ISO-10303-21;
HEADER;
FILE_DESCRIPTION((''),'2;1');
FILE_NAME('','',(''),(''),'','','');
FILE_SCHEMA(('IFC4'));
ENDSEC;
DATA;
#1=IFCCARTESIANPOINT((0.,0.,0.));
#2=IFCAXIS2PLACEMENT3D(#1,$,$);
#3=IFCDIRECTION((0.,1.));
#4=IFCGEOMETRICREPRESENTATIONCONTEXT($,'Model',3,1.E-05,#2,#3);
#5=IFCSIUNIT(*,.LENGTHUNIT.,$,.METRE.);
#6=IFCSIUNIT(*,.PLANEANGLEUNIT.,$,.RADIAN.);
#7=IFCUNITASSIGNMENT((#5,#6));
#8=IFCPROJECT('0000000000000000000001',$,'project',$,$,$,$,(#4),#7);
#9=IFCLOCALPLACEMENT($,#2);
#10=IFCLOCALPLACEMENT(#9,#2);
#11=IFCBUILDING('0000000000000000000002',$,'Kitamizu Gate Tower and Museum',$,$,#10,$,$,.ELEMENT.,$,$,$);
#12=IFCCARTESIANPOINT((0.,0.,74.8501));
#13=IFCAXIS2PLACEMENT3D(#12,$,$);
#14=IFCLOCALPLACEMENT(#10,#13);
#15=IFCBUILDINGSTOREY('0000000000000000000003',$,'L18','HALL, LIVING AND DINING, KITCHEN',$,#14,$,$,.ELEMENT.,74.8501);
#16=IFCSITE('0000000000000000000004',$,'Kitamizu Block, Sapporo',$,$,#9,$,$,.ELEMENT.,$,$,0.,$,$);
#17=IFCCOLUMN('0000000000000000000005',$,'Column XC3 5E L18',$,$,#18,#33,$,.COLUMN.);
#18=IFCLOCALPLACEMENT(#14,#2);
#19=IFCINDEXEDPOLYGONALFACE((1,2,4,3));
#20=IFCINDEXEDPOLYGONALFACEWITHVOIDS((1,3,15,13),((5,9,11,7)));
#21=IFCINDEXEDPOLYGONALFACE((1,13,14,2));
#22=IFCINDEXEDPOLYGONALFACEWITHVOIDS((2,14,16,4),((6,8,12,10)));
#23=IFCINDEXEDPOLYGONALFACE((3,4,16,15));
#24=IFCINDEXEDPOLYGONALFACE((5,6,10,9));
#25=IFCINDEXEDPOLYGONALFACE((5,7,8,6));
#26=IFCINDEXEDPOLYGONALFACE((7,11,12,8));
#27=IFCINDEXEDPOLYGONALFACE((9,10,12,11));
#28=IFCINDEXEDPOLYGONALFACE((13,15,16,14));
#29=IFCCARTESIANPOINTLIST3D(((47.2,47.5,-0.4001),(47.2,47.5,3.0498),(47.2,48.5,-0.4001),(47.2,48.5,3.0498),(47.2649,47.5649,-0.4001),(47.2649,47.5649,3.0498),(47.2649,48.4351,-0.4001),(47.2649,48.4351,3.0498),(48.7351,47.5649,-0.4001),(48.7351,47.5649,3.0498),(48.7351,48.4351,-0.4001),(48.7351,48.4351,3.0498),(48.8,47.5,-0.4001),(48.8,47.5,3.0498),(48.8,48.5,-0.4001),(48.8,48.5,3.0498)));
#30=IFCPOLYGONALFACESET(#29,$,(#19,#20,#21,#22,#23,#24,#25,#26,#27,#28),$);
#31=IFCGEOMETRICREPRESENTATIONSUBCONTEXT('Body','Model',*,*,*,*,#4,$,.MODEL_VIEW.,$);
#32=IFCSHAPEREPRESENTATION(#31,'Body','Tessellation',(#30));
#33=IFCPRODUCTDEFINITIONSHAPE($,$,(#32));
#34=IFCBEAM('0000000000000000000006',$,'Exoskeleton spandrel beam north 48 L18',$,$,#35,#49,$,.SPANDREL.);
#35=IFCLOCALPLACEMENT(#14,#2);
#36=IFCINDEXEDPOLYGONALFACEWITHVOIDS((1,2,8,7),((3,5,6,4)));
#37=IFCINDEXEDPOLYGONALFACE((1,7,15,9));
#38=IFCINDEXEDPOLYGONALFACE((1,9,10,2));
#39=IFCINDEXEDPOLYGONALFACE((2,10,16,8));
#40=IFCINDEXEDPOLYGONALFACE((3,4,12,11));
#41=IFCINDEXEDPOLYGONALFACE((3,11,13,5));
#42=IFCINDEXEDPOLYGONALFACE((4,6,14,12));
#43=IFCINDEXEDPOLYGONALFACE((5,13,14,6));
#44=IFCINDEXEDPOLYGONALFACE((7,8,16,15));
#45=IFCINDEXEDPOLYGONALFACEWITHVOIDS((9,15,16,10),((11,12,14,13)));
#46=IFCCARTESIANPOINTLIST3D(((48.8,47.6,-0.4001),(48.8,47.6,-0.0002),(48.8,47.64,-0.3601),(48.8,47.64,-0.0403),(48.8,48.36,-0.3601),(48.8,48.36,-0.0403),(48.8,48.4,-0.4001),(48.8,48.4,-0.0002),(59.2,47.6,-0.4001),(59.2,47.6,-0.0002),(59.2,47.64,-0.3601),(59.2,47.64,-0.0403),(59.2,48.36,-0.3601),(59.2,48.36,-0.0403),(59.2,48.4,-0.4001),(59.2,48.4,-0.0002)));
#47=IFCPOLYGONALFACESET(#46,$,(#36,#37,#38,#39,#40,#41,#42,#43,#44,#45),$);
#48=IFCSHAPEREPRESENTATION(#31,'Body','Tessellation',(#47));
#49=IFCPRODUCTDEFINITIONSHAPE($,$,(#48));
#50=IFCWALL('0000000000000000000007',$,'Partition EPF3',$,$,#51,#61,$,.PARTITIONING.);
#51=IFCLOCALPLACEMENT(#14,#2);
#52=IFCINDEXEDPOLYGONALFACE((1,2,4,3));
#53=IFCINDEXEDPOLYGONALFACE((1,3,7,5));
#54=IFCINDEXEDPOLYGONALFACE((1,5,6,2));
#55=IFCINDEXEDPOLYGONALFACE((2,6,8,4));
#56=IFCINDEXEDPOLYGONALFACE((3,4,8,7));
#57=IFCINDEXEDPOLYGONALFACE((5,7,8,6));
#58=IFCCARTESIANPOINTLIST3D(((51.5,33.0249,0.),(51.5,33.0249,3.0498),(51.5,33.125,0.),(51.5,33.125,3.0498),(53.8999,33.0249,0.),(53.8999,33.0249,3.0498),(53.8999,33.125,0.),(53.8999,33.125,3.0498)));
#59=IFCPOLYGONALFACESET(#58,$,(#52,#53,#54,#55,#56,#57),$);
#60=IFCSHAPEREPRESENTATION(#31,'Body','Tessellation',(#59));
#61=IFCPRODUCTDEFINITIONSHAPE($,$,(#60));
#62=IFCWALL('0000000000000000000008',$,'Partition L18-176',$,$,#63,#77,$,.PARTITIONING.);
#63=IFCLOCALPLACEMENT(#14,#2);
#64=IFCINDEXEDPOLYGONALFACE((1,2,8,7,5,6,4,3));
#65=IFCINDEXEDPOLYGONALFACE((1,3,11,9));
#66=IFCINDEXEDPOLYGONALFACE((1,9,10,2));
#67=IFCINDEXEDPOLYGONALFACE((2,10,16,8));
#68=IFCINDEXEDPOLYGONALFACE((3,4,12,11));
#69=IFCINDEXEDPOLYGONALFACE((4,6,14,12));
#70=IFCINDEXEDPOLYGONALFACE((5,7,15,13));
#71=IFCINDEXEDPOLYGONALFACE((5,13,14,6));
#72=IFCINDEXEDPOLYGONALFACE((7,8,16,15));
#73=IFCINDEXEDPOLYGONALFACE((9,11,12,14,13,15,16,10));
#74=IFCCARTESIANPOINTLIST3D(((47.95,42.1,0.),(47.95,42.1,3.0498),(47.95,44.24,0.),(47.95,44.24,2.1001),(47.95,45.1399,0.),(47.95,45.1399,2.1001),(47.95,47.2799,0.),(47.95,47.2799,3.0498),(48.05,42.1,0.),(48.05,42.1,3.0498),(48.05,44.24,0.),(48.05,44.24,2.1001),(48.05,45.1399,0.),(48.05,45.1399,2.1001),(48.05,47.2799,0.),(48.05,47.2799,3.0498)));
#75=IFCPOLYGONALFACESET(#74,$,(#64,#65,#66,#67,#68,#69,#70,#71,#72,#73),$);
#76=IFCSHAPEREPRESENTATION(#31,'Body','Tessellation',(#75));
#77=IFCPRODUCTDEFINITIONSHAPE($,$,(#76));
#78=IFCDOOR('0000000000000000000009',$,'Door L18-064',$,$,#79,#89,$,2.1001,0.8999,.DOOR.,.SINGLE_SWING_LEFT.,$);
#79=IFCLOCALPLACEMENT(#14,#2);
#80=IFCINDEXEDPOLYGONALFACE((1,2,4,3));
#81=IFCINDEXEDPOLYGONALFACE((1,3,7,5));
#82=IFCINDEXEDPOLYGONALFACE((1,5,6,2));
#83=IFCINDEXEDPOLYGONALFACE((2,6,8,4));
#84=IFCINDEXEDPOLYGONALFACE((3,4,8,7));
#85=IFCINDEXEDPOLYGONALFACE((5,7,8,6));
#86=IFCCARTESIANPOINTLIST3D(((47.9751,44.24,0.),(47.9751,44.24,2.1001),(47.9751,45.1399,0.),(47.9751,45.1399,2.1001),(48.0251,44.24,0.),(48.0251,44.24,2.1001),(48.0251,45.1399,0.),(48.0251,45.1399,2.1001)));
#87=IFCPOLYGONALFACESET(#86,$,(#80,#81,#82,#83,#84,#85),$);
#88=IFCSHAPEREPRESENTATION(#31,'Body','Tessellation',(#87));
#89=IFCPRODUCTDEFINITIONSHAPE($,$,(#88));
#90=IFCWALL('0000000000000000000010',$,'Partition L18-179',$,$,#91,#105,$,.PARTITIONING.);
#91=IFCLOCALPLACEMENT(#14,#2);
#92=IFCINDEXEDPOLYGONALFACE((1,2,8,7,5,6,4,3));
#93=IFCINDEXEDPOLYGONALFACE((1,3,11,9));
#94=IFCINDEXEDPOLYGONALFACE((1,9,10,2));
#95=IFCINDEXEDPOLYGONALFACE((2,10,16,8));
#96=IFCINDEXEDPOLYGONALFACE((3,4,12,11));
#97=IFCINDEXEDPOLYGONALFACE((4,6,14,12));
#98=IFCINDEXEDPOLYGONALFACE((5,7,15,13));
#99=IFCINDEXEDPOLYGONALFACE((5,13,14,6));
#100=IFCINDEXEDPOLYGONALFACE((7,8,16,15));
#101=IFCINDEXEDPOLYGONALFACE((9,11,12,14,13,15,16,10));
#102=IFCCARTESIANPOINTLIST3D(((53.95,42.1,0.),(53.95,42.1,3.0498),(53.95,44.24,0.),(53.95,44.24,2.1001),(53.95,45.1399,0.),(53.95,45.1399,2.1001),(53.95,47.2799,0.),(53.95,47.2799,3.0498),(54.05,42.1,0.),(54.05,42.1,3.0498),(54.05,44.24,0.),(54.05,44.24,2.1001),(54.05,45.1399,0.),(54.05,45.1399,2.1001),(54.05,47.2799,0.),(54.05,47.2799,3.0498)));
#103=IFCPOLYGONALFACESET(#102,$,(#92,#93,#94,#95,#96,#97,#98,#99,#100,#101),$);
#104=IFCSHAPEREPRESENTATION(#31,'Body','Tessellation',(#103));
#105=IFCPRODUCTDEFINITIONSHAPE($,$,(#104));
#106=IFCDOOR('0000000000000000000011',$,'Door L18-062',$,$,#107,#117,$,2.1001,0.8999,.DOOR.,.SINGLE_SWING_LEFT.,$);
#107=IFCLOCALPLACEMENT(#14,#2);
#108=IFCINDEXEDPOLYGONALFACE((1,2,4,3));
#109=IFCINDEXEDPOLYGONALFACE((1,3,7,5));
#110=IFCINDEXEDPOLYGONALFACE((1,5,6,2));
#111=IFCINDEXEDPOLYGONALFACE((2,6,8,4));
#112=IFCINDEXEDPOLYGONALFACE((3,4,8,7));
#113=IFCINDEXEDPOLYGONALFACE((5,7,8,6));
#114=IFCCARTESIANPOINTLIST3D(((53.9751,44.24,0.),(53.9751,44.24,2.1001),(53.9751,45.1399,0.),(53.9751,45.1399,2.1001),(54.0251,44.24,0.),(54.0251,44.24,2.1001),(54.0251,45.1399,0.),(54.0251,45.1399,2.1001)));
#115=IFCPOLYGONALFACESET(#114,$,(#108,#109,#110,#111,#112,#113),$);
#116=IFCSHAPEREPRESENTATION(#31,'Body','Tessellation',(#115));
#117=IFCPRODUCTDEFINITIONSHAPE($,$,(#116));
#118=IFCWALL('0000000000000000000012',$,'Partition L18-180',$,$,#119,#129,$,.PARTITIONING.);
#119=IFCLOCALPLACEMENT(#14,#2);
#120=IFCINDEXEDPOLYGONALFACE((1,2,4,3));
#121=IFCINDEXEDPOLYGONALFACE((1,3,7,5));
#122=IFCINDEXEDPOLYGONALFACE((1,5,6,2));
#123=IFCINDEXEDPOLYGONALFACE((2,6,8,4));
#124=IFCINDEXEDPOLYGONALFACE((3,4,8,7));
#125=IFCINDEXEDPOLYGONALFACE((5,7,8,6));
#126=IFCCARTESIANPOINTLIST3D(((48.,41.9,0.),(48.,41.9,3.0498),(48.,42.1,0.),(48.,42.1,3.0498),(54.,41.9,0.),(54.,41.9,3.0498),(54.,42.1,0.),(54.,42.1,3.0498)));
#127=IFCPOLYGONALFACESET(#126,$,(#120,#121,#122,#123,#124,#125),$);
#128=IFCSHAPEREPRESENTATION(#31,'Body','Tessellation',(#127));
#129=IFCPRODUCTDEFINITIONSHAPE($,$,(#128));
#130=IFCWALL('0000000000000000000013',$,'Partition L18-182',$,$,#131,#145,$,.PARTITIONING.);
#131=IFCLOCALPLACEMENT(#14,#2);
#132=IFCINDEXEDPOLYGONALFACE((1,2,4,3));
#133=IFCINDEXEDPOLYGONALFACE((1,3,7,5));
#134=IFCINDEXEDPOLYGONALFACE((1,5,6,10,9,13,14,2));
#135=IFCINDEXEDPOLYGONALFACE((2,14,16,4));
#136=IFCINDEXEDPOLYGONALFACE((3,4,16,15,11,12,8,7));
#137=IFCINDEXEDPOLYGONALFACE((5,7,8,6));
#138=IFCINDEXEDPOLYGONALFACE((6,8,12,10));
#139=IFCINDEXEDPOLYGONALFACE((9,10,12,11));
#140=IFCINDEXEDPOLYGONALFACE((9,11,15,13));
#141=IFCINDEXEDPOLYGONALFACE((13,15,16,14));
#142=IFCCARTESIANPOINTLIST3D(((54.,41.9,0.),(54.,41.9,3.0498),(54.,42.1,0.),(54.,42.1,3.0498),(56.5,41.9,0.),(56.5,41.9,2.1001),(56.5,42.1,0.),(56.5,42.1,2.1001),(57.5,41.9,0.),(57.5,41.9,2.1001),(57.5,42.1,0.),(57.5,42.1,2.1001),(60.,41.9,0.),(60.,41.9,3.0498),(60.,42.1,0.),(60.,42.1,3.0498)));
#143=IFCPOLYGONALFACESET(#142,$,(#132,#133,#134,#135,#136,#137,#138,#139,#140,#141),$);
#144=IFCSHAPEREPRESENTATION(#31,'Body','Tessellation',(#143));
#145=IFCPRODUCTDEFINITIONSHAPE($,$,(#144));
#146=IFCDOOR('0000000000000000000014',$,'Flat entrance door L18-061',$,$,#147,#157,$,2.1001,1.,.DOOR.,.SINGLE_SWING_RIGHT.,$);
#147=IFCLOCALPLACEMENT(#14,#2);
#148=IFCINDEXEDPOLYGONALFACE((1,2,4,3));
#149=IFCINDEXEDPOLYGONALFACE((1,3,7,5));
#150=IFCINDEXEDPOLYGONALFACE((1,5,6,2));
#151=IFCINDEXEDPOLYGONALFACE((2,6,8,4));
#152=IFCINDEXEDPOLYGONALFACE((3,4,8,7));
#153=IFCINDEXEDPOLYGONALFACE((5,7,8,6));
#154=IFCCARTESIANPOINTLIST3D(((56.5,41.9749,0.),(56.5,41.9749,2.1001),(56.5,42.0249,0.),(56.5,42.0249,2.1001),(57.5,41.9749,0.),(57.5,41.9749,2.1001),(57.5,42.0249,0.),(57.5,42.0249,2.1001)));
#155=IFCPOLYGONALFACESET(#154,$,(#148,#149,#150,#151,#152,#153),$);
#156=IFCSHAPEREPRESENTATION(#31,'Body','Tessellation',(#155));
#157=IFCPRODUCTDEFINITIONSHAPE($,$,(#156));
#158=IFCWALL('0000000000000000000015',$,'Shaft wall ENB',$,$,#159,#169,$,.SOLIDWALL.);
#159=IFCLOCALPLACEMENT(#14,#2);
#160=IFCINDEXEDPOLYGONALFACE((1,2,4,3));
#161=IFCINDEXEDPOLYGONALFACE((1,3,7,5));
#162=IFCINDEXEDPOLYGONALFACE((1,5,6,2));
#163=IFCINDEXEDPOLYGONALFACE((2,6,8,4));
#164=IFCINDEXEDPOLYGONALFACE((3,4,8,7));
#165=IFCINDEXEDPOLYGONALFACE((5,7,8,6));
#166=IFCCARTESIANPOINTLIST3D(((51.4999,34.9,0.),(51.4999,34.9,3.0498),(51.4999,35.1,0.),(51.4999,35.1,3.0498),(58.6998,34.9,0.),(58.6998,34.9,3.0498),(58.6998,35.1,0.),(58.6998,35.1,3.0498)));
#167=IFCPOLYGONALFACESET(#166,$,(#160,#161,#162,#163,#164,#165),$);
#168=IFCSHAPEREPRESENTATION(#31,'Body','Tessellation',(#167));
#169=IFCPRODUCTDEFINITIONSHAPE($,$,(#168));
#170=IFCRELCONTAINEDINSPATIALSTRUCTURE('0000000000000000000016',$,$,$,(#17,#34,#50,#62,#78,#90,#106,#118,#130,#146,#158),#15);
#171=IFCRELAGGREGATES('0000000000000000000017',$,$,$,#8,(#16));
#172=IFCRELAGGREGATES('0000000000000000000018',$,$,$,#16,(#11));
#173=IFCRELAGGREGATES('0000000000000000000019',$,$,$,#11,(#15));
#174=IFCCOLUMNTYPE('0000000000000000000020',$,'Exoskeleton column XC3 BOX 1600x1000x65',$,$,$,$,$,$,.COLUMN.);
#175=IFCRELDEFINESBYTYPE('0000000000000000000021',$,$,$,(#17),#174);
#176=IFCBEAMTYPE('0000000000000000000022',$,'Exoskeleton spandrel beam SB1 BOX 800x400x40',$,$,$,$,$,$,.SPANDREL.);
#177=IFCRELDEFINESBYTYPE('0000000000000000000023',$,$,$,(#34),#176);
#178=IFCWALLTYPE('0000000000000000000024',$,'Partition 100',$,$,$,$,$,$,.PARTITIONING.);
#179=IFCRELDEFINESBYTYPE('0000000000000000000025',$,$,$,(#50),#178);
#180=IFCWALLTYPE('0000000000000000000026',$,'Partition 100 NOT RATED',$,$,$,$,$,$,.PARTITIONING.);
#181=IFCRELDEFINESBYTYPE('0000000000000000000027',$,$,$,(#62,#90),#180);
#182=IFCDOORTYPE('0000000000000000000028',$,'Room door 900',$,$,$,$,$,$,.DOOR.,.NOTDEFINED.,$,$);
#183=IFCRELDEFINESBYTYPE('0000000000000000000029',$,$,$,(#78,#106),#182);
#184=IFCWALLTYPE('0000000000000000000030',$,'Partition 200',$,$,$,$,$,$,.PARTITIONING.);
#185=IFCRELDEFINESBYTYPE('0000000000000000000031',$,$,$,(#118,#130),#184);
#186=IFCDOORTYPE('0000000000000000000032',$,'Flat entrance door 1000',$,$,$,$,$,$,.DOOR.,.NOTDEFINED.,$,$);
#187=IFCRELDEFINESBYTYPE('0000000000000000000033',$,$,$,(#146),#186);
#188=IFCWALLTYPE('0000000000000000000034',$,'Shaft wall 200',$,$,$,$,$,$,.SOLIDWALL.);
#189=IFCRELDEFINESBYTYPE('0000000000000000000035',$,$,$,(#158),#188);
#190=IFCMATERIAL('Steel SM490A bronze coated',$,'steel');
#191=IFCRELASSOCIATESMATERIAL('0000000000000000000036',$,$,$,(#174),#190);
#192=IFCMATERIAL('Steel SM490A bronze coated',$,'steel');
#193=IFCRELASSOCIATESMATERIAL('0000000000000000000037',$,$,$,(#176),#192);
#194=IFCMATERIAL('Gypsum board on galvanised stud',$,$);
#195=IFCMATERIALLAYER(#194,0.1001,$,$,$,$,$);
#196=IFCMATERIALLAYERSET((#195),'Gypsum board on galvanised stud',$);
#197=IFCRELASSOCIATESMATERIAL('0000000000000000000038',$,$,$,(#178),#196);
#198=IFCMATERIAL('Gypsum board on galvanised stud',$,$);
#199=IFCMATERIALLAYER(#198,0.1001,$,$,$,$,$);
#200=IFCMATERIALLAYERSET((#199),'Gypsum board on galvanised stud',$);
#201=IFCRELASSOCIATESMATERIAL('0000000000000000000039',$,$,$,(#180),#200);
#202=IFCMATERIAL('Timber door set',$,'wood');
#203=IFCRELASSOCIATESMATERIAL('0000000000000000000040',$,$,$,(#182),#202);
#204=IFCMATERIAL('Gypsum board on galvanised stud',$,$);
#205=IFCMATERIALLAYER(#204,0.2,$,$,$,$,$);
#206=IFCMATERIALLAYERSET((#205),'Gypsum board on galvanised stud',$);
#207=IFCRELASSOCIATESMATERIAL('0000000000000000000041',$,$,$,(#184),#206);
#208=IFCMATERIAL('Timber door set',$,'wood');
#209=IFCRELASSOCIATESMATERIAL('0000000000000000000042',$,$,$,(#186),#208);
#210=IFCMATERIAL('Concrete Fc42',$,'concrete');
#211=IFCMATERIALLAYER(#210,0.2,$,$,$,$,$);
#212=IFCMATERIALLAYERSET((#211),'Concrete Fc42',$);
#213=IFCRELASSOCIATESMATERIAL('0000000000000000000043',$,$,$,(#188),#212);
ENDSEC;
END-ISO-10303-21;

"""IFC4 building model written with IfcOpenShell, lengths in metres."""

from ifc_helpers import new_model, si_unit, direction, frame, frame_2d, origin, origin_2d, place, context, subcontext, project, spatial, rectangle, hollow_rectangle, extrude, material, layer, layer_set, material_profile, profile_set, type_object, element, fill, save


model = new_model("IFC4")

# Units and contexts
model_context = context("Model", 3, precision=1e-05, world=origin(), true_north=direction((0.0, 1.0)))
body_context = subcontext(model_context, "Body", "Model", "MODEL_VIEW")
ifc_project = project(units=[si_unit("LENGTHUNIT", "METRE"), si_unit("PLANEANGLEUNIT", "RADIAN")], contexts=[model_context])

# Site, building, storey
site_placement = place(None, origin())
site = spatial("IfcSite", under=ifc_project, at=site_placement, Name="Kitamizu Block, Sapporo", CompositionType="ELEMENT", RefElevation=0.0)
building_placement = place(site_placement, origin())
building = spatial("IfcBuilding", under=site, at=building_placement, Name="Kitamizu Gate Tower and Museum", CompositionType="ELEMENT")
storey_placement = place(building_placement, frame((0.0, 0.0, 74.8501)))
storey = spatial("IfcBuildingStorey", under=building, at=storey_placement, Name="L18", Description="HALL, LIVING AND DINING, KITCHEN", CompositionType="ELEMENT", Elevation=74.8501)

# Column
ifc_material_1 = material(Name="Steel SM490A bronze coated", Category="steel")
ifc_material_profile_1 = material_profile(ifc_material_1, hollow_rectangle(XDim=1.6001, YDim=1.0, WallThickness=0.0649, at=origin_2d()), Name="BOX 1600x1000x65")
ifc_profile_set_1 = profile_set([ifc_material_profile_1], Name="Steel SM490A bronze coated")
column_type = type_object("IfcColumnType", Name="Exoskeleton column XC3 BOX 1600x1000x65", PredefinedType="COLUMN", material=ifc_profile_set_1)
column_placement = place(storey_placement, frame((48.0, 48.0, -0.4001), z_axis=(0.0, 0.0, 1.0), x_axis=(1.0, 0.0, 0.0)))
element("IfcColumn", 1, at=column_placement, inside=storey, type_object=column_type, Name="Column XC3 5E L18", PredefinedType="COLUMN", context=body_context, shape_type="SweptSolid", body=[
    extrude(hollow_rectangle(XDim=1.6001, YDim=1.0, WallThickness=0.0649, at=origin_2d()), origin(), (0.0, 0.0, 1.0), 3.45),
])

# Beam
ifc_material_2 = material(Name="Steel SM490A bronze coated", Category="steel")
ifc_material_profile_2 = material_profile(ifc_material_2, hollow_rectangle(XDim=0.8, YDim=0.3999, WallThickness=0.04, at=origin_2d()), Name="BOX 800x400x40")
ifc_profile_set_2 = profile_set([ifc_material_profile_2], Name="Steel SM490A bronze coated")
beam_type = type_object("IfcBeamType", Name="Exoskeleton spandrel beam SB1 BOX 800x400x40", PredefinedType="SPANDREL", material=ifc_profile_set_2)
beam_placement = place(storey_placement, frame((48.8, 48.0, -0.2002), z_axis=(1.0, 0.0, 0.0), x_axis=(0.0, 1.0, 0.0)))
element("IfcBeam", 2, at=beam_placement, inside=storey, type_object=beam_type, Name="Exoskeleton spandrel beam north 48 L18", PredefinedType="SPANDREL", context=body_context, shape_type="SweptSolid", body=[
    extrude(hollow_rectangle(XDim=0.8, YDim=0.3999, WallThickness=0.04, at=origin_2d()), origin(), (0.0, 0.0, 1.0), 10.3999),
])

# Wall
ifc_material_3 = material(Name="Gypsum board on galvanised stud")
ifc_layer_1 = layer(ifc_material_3, 0.1001)
ifc_layer_set_1 = layer_set([ifc_layer_1], Name="Gypsum board on galvanised stud")
wall_type_1 = type_object("IfcWallType", Name="Partition 100", PredefinedType="PARTITIONING", material=ifc_layer_set_1)
wall_1_placement = place(storey_placement, frame((53.8999, 33.075, 0.0), z_axis=(0.0, 0.0, 1.0), x_axis=(-1.0, 0.0, 0.0)))
element("IfcWall", 3, at=wall_1_placement, inside=storey, type_object=wall_type_1, Name="Partition EPF3", PredefinedType="PARTITIONING", context=body_context, shape_type="SweptSolid", body=[
    extrude(rectangle(XDim=2.3999, YDim=0.1001, at=frame_2d((1.2, 0.0))), origin(), (0.0, 0.0, 1.0), 3.0498),
])

# Walls, openings, doors
ifc_material_4 = material(Name="Gypsum board on galvanised stud")
ifc_layer_2 = layer(ifc_material_4, 0.1001)
ifc_layer_set_2 = layer_set([ifc_layer_2], Name="Gypsum board on galvanised stud")
wall_type_2 = type_object("IfcWallType", Name="Partition 100 NOT RATED", PredefinedType="PARTITIONING", material=ifc_layer_set_2)
wall_2_placement = place(storey_placement, frame((48.0, 42.1001, 0.0), z_axis=(0.0, 0.0, 1.0), x_axis=(0.0, 1.0, 0.0)))
wall_2 = element("IfcWall", 4, at=wall_2_placement, inside=storey, type_object=wall_type_2, Name="Partition L18-176", PredefinedType="PARTITIONING", context=body_context, shape_type="SweptSolid", body=[
    extrude(rectangle(XDim=5.1799, YDim=0.1001, at=frame_2d((2.5898, 0.0))), origin(), (0.0, 0.0, 1.0), 3.0498),
])
opening_1_placement = place(wall_2_placement, frame((2.1399, 0.0, 0.0)))
opening_1 = element("IfcOpeningElement", 5, at=opening_1_placement, cuts=wall_2, PredefinedType="OPENING", context=body_context, shape_type="SweptSolid", body=[
    extrude(rectangle(XDim=0.8999, YDim=2.1001, at=frame_2d((0.45, 1.05))), frame((0.0, 0.0601, 0.0), z_axis=(0.0, -1.0, 0.0), x_axis=(1.0, 0.0, 0.0)), (0.0, 0.0, 1.0), 0.1201),
])
ifc_material_5 = material(Name="Timber door set", Category="wood")
door_type_1 = type_object("IfcDoorType", Name="Room door 900", OperationType="NOTDEFINED", PredefinedType="DOOR", material=ifc_material_5)
door_1_placement = place(opening_1_placement, origin())
door_1 = element("IfcDoor", 6, at=door_1_placement, inside=storey, type_object=door_type_1, Name="Door L18-064", OperationType="SINGLE_SWING_LEFT", OverallHeight=2.1001, OverallWidth=0.8999, PredefinedType="DOOR", context=body_context, shape_type="SweptSolid", body=[
    extrude(rectangle(XDim=0.8999, YDim=2.1001, at=frame_2d((0.45, 1.05))), frame((0.0, 0.0249, 0.0), z_axis=(0.0, -1.0, 0.0), x_axis=(1.0, 0.0, 0.0)), (0.0, 0.0, 1.0), 0.05),
])
fill(opening_1, door_1)
wall_3_placement = place(storey_placement, frame((54.0, 42.1001, 0.0), z_axis=(0.0, 0.0, 1.0), x_axis=(0.0, 1.0, 0.0)))
wall_3 = element("IfcWall", 7, at=wall_3_placement, inside=storey, type_object=wall_type_2, Name="Partition L18-179", PredefinedType="PARTITIONING", context=body_context, shape_type="SweptSolid", body=[
    extrude(rectangle(XDim=5.1799, YDim=0.1001, at=frame_2d((2.5898, 0.0))), origin(), (0.0, 0.0, 1.0), 3.0498),
])
opening_2_placement = place(wall_3_placement, frame((2.1399, 0.0, 0.0)))
opening_2 = element("IfcOpeningElement", 8, at=opening_2_placement, cuts=wall_3, PredefinedType="OPENING", context=body_context, shape_type="SweptSolid", body=[
    extrude(rectangle(XDim=0.8999, YDim=2.1001, at=frame_2d((0.45, 1.05))), frame((0.0, 0.0601, 0.0), z_axis=(0.0, -1.0, 0.0), x_axis=(1.0, 0.0, 0.0)), (0.0, 0.0, 1.0), 0.1201),
])
door_2_placement = place(opening_2_placement, origin())
door_2 = element("IfcDoor", 9, at=door_2_placement, inside=storey, type_object=door_type_1, Name="Door L18-062", OperationType="SINGLE_SWING_LEFT", OverallHeight=2.1001, OverallWidth=0.8999, PredefinedType="DOOR", context=body_context, shape_type="SweptSolid", body=[
    extrude(rectangle(XDim=0.8999, YDim=2.1001, at=frame_2d((0.45, 1.05))), frame((0.0, 0.0249, 0.0), z_axis=(0.0, -1.0, 0.0), x_axis=(1.0, 0.0, 0.0)), (0.0, 0.0, 1.0), 0.05),
])
fill(opening_2, door_2)

# Wall
ifc_material_6 = material(Name="Gypsum board on galvanised stud")
ifc_layer_3 = layer(ifc_material_6, 0.2)
ifc_layer_set_3 = layer_set([ifc_layer_3], Name="Gypsum board on galvanised stud")
wall_type_3 = type_object("IfcWallType", Name="Partition 200", PredefinedType="PARTITIONING", material=ifc_layer_set_3)
wall_4_placement = place(storey_placement, frame((48.0, 42.0, 0.0), z_axis=(0.0, 0.0, 1.0), x_axis=(1.0, 0.0, 0.0)))
element("IfcWall", 10, at=wall_4_placement, inside=storey, type_object=wall_type_3, Name="Partition L18-180", PredefinedType="PARTITIONING", context=body_context, shape_type="SweptSolid", body=[
    extrude(rectangle(XDim=6.0, YDim=0.2, at=frame_2d((3.0, 0.0))), origin(), (0.0, 0.0, 1.0), 3.0498),
])

# Wall, opening, door
wall_5_placement = place(storey_placement, frame((54.0, 42.0, 0.0), z_axis=(0.0, 0.0, 1.0), x_axis=(1.0, 0.0, 0.0)))
wall_5 = element("IfcWall", 11, at=wall_5_placement, inside=storey, type_object=wall_type_3, Name="Partition L18-182", PredefinedType="PARTITIONING", context=body_context, shape_type="SweptSolid", body=[
    extrude(rectangle(XDim=6.0, YDim=0.2, at=frame_2d((3.0, 0.0))), origin(), (0.0, 0.0, 1.0), 3.0498),
])
opening_3_placement = place(wall_5_placement, frame((2.5, 0.0, 0.0)))
opening_3 = element("IfcOpeningElement", 12, at=opening_3_placement, cuts=wall_5, PredefinedType="OPENING", context=body_context, shape_type="SweptSolid", body=[
    extrude(rectangle(XDim=1.0, YDim=2.1001, at=frame_2d((0.5, 1.05))), frame((0.0, 0.1099, 0.0), z_axis=(0.0, -1.0, 0.0), x_axis=(1.0, 0.0, 0.0)), (0.0, 0.0, 1.0), 0.22),
])
ifc_material_7 = material(Name="Timber door set", Category="wood")
door_type_2 = type_object("IfcDoorType", Name="Flat entrance door 1000", OperationType="NOTDEFINED", PredefinedType="DOOR", material=ifc_material_7)
door_3_placement = place(opening_3_placement, origin())
door_3 = element("IfcDoor", 13, at=door_3_placement, inside=storey, type_object=door_type_2, Name="Flat entrance door L18-061", OperationType="SINGLE_SWING_RIGHT", OverallHeight=2.1001, OverallWidth=1.0, PredefinedType="DOOR", context=body_context, shape_type="SweptSolid", body=[
    extrude(rectangle(XDim=1.0, YDim=2.1001, at=frame_2d((0.5, 1.05))), frame((0.0, 0.0249, 0.0), z_axis=(0.0, -1.0, 0.0), x_axis=(1.0, 0.0, 0.0)), (0.0, 0.0, 1.0), 0.05),
])
fill(opening_3, door_3)

# Wall
ifc_material_8 = material(Name="Concrete Fc42", Category="concrete")
ifc_layer_4 = layer(ifc_material_8, 0.2)
ifc_layer_set_4 = layer_set([ifc_layer_4], Name="Concrete Fc42")
wall_type_4 = type_object("IfcWallType", Name="Shaft wall 200", PredefinedType="SOLIDWALL", material=ifc_layer_set_4)
wall_6_placement = place(storey_placement, frame((58.7, 35.0, 0.0), z_axis=(0.0, 0.0, 1.0), x_axis=(-1.0, 0.0, 0.0)))
element("IfcWall", 14, at=wall_6_placement, inside=storey, type_object=wall_type_4, Name="Shaft wall ENB", PredefinedType="SOLIDWALL", context=body_context, shape_type="SweptSolid", body=[
    extrude(rectangle(XDim=7.2, YDim=0.2, at=frame_2d((3.6001, 0.0))), origin(), (0.0, 0.0, 1.0), 3.0498),
])

save(model, "model.ifc")
